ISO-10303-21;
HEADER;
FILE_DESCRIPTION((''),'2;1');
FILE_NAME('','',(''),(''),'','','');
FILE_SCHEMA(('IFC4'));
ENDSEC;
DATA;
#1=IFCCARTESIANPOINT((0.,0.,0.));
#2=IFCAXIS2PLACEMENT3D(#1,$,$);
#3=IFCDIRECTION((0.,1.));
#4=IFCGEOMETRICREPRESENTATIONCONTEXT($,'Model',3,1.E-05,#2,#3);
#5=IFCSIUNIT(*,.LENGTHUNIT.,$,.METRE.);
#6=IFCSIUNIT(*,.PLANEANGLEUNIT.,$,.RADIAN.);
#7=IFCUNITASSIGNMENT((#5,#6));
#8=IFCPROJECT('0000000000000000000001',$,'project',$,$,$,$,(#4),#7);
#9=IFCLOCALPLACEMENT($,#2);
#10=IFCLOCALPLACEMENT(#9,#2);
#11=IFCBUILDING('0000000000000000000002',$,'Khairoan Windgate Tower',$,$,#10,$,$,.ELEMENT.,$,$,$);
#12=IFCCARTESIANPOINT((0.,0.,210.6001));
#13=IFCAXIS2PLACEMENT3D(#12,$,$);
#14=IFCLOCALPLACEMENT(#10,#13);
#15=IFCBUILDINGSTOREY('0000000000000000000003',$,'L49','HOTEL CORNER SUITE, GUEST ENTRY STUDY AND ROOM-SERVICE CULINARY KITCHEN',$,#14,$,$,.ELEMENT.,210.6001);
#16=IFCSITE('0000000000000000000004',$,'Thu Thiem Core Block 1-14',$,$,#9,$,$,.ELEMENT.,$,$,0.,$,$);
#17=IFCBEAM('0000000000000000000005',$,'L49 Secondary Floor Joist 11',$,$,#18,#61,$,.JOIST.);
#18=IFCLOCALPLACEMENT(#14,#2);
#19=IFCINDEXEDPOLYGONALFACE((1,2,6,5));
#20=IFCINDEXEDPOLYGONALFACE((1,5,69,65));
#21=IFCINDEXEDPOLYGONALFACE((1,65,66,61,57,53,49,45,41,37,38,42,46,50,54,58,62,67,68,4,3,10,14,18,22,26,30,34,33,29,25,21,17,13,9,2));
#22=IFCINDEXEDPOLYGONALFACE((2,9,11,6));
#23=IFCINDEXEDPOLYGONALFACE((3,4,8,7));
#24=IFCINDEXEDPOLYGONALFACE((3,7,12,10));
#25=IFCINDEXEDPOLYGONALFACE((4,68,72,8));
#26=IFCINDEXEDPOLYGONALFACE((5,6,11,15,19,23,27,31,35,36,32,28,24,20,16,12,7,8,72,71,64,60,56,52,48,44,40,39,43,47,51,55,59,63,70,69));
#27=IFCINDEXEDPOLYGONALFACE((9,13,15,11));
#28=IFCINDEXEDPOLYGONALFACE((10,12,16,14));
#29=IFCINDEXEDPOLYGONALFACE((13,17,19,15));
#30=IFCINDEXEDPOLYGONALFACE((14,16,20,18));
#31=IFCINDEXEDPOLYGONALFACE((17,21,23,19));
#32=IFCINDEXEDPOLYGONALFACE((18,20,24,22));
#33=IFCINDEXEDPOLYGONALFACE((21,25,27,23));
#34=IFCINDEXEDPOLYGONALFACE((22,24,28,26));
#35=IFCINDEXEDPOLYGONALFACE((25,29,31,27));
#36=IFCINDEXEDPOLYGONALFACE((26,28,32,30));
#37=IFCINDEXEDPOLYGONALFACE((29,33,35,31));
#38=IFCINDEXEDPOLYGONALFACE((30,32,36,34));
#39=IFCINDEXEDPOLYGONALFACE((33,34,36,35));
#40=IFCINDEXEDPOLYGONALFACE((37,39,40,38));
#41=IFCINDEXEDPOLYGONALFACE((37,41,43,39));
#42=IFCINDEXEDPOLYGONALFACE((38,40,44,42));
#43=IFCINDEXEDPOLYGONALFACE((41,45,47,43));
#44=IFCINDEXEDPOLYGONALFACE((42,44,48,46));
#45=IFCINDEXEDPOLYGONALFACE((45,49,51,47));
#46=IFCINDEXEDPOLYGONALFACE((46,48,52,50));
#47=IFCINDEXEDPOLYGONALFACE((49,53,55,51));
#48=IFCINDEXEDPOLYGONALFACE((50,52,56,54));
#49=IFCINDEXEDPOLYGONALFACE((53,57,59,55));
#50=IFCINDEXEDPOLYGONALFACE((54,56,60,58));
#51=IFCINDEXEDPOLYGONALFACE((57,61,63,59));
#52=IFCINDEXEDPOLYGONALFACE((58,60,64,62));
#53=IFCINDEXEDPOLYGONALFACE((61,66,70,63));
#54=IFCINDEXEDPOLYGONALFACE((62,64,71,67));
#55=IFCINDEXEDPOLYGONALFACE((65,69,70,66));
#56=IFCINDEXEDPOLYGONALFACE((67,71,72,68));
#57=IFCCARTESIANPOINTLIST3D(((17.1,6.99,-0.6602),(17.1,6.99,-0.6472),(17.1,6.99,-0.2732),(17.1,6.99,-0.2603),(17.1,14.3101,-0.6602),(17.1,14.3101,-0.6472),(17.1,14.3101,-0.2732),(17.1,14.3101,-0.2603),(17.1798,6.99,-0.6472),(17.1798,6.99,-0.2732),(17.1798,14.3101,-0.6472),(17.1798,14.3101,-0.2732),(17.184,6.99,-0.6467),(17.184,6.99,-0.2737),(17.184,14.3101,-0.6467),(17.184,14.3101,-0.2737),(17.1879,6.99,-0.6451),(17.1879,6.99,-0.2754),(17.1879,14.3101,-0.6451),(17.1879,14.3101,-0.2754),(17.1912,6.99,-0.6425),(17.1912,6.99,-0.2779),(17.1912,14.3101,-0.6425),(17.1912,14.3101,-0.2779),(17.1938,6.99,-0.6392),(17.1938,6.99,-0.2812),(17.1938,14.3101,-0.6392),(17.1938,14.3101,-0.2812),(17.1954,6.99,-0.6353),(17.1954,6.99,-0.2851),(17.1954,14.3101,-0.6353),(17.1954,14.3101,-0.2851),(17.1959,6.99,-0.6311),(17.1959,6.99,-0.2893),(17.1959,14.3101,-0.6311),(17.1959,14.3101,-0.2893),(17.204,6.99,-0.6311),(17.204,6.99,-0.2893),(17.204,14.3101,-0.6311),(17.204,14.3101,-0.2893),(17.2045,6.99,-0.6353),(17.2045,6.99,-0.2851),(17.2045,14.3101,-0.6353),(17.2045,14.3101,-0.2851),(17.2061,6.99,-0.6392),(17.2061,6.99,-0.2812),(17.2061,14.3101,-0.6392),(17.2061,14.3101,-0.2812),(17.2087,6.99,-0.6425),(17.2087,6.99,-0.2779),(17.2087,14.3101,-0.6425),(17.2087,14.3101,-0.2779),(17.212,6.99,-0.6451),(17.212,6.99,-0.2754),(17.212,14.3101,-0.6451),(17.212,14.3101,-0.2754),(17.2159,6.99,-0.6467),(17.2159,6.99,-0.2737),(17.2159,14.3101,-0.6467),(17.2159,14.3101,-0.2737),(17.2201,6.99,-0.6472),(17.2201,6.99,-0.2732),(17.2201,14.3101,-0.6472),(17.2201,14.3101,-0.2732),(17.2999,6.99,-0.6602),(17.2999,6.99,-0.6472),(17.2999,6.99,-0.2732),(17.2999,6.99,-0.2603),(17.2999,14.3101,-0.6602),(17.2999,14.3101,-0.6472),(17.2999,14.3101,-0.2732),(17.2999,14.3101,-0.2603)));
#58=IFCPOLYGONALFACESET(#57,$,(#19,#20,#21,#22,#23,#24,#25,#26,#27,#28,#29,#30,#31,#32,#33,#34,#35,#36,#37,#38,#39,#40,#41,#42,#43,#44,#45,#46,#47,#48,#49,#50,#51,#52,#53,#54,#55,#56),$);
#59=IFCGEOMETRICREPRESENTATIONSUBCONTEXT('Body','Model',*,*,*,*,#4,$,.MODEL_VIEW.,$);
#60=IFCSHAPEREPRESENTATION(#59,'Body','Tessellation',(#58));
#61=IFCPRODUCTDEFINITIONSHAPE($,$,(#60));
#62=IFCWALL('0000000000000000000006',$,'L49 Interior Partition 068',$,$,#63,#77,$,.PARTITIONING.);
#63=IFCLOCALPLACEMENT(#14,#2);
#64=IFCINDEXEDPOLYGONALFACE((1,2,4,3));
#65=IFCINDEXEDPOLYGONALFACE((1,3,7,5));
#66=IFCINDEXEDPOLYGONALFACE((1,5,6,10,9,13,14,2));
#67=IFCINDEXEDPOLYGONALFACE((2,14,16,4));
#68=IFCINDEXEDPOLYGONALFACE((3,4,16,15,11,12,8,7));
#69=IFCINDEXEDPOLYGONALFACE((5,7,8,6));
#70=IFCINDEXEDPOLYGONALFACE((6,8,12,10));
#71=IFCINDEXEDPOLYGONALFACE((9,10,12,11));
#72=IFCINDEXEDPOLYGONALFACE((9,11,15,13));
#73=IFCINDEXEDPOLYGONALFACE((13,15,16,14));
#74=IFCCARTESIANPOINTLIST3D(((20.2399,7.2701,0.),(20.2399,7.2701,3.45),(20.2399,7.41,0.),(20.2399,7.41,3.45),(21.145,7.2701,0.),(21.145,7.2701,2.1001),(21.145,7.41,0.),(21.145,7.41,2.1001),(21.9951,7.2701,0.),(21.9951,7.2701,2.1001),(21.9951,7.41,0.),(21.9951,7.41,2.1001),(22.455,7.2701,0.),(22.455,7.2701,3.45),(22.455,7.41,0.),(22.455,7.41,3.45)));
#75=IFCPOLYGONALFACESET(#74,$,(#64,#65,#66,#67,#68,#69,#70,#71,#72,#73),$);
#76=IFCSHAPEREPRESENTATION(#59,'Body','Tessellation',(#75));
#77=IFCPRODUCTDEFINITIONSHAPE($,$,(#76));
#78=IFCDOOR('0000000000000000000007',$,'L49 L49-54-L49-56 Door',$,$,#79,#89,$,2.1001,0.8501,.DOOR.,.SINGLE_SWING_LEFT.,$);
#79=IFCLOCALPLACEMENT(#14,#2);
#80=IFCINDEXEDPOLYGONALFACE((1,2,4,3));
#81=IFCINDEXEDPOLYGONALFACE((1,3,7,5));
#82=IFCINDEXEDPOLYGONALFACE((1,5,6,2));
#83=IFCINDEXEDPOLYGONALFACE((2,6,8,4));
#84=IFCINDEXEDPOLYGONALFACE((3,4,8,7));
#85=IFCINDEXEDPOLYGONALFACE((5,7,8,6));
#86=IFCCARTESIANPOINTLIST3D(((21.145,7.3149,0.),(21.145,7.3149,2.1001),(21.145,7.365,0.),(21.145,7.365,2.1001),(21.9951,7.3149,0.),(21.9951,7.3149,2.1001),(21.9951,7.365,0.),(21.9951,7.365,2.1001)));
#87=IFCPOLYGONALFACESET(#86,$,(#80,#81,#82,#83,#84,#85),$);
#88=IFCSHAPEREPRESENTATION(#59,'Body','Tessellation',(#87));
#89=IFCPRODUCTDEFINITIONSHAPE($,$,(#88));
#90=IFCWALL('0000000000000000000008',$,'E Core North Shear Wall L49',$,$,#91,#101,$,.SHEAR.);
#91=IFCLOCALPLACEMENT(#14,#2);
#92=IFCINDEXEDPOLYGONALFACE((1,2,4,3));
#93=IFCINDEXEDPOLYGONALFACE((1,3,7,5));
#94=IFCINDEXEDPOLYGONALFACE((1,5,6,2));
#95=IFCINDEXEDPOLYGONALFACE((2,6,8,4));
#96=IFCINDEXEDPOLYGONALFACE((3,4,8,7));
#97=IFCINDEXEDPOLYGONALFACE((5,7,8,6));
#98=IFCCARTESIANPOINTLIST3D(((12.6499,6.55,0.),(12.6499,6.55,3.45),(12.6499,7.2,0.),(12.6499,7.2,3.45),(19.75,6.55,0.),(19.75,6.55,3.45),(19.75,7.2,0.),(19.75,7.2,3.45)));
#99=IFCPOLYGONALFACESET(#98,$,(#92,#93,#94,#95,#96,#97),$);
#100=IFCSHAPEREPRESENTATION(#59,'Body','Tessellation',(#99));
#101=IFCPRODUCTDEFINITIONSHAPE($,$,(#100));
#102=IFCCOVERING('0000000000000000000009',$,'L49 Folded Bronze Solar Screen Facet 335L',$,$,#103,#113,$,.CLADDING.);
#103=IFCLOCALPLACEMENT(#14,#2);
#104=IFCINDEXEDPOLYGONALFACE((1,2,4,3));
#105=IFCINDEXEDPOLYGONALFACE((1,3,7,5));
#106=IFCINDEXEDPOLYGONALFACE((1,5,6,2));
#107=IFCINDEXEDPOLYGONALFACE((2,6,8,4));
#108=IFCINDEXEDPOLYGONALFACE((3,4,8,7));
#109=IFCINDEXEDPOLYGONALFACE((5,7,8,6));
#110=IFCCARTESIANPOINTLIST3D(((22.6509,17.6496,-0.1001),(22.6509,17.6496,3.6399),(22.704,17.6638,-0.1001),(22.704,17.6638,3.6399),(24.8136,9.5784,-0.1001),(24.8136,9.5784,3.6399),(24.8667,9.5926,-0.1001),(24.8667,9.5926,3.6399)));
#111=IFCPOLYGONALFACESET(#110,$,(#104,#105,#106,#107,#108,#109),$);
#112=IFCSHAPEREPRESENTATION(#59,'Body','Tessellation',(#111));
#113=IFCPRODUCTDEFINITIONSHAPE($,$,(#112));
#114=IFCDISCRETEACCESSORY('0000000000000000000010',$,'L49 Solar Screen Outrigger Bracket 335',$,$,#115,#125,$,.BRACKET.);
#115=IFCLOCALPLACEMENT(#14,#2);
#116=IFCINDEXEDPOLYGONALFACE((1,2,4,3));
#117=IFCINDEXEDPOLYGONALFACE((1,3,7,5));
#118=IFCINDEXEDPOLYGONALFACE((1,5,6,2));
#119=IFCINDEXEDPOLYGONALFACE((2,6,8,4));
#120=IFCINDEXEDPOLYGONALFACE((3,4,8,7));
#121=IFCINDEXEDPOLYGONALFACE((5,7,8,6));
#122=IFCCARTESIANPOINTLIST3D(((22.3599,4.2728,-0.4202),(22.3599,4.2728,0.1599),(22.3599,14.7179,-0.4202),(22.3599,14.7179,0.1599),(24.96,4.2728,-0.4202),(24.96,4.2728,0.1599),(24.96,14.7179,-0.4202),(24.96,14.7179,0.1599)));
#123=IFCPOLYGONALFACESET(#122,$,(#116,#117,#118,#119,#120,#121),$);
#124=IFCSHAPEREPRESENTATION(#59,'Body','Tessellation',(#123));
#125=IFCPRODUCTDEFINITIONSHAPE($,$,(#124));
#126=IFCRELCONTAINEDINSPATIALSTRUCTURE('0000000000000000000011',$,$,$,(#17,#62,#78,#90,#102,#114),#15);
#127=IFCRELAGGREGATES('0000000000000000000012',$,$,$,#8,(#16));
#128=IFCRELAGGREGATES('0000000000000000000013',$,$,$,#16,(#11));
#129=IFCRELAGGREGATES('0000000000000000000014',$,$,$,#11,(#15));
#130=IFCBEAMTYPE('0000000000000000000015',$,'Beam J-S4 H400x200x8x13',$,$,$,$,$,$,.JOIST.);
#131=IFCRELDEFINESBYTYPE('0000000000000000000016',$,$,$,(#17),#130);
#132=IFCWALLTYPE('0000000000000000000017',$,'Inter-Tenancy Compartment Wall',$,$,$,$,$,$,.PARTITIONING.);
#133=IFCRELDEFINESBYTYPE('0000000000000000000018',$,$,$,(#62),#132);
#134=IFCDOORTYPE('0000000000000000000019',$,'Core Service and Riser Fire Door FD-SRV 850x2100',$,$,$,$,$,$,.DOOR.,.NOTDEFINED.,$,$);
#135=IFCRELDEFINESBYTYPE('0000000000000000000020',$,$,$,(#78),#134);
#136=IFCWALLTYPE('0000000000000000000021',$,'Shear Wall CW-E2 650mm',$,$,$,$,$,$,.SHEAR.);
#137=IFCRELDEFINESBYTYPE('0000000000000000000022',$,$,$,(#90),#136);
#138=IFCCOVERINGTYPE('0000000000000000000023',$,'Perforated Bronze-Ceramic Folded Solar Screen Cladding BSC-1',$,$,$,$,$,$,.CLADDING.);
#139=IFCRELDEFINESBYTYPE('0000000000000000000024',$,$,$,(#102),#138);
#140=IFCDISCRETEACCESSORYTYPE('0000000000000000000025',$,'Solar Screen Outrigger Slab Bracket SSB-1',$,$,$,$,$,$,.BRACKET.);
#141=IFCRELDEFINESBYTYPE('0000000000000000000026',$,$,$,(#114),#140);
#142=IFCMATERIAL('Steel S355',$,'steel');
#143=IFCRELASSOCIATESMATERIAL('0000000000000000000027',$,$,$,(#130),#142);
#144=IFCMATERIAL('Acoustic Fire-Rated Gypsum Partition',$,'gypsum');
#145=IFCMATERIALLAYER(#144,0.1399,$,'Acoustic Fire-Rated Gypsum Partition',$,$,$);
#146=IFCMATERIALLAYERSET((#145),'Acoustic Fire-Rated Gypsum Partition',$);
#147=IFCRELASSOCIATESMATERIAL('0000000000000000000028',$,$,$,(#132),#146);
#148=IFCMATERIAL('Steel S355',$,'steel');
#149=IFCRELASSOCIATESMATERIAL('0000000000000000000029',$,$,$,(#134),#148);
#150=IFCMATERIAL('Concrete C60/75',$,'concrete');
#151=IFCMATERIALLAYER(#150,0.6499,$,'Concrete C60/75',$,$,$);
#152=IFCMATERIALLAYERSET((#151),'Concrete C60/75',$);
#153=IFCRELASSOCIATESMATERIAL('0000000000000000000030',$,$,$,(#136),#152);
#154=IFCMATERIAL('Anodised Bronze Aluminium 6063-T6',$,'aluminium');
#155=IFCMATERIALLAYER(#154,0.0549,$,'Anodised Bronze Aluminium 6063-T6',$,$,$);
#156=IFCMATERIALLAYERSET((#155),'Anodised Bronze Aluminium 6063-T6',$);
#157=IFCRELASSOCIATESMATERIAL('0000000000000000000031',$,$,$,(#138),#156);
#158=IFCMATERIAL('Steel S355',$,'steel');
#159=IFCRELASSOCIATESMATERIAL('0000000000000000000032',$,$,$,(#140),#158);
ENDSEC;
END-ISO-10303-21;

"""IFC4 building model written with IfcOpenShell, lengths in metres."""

from ifc_helpers import new_model, si_unit, direction, frame, frame_2d, origin, origin_2d, place, context, subcontext, project, spatial, rectangle, i_section, extrude, material, layer, layer_set, material_profile, profile_set, type_object, element, fill, save


model = new_model("IFC4")

# Units and contexts
model_context = context("Model", 3, precision=1e-05, world=origin(), true_north=direction((0.0, 1.0)))
body_context = subcontext(model_context, "Body", "Model", "MODEL_VIEW")
ifc_project = project(units=[si_unit("LENGTHUNIT", "METRE"), si_unit("PLANEANGLEUNIT", "RADIAN")], contexts=[model_context])

# Site, building, storey
site_placement = place(None, origin())
site = spatial("IfcSite", under=ifc_project, at=site_placement, Name="Thu Thiem Core Block 1-14", CompositionType="ELEMENT", RefElevation=0.0)
building_placement = place(site_placement, origin())
building = spatial("IfcBuilding", under=site, at=building_placement, Name="Khairoan Windgate Tower", CompositionType="ELEMENT")
storey_placement = place(building_placement, frame((0.0, 0.0, 210.6001)))
storey = spatial("IfcBuildingStorey", under=building, at=storey_placement, Name="L49", Description="HOTEL CORNER SUITE, GUEST ENTRY STUDY AND ROOM-SERVICE CULINARY KITCHEN", CompositionType="ELEMENT", Elevation=210.6001)

# Beam
ifc_material_1 = material(Name="Steel S355", Category="steel")
ifc_material_profile_1 = material_profile(ifc_material_1, i_section(OverallWidth=0.2, OverallDepth=0.3999, WebThickness=0.0081, FlangeThickness=0.0129, FilletRadius=0.0161, at=origin_2d()))
ifc_profile_set_1 = profile_set([ifc_material_profile_1], Name="Steel S355")
beam_type_1 = type_object("IfcBeamType", Name="Beam J-S4 H400x200x8x13", PredefinedType="JOIST", material=ifc_profile_set_1)
beam_1_placement = place(storey_placement, frame((17.2, 6.99, -0.4602), z_axis=(0.0, 1.0, 0.0), x_axis=(-1.0, 0.0, 0.0)))
element("IfcBeam", 1, at=beam_1_placement, inside=storey, type_object=beam_type_1, Name="L49 Secondary Floor Joist 11", PredefinedType="JOIST", context=body_context, shape_type="SweptSolid", body=[
    extrude(i_section(OverallWidth=0.2, OverallDepth=0.3999, WebThickness=0.0081, FlangeThickness=0.0129, FilletRadius=0.0161, at=origin_2d()), origin(), (0.0, 0.0, 1.0), 7.3201),
])

# Wall, opening, door
ifc_material_2 = material(Name="Acoustic Fire-Rated Gypsum Partition", Category="gypsum")
ifc_layer_1 = layer(ifc_material_2, 0.1399, Name="Acoustic Fire-Rated Gypsum Partition")
ifc_layer_set_1 = layer_set([ifc_layer_1], Name="Acoustic Fire-Rated Gypsum Partition")
wall_type_1 = type_object("IfcWallType", Name="Inter-Tenancy Compartment Wall", PredefinedType="PARTITIONING", material=ifc_layer_set_1)
wall_1_placement = place(storey_placement, frame((20.24, 7.3401, 0.0), z_axis=(0.0, 0.0, 1.0), x_axis=(1.0, 0.0, 0.0)))
wall_1 = element("IfcWall", 2, at=wall_1_placement, inside=storey, type_object=wall_type_1, Name="L49 Interior Partition 068", PredefinedType="PARTITIONING", context=body_context, shape_type="SweptSolid", body=[
    extrude(rectangle(XDim=2.2151, YDim=0.1399, at=frame_2d((1.1074, 0.0))), origin(), (0.0, 0.0, 1.0), 3.45),
])
opening_placement = place(wall_1_placement, frame((0.905, 0.0, 0.0)))
opening = element("IfcOpeningElement", 3, at=opening_placement, cuts=wall_1, PredefinedType="OPENING", context=body_context, shape_type="SweptSolid", body=[
    extrude(rectangle(XDim=0.8501, YDim=2.1001, at=frame_2d((0.425, 1.05))), frame((0.0, 0.0798, 0.0), z_axis=(0.0, -1.0, 0.0), x_axis=(1.0, 0.0, 0.0)), (0.0, 0.0, 1.0), 0.1599),
])
ifc_material_3 = material(Name="Steel S355", Category="steel")
door_type = type_object("IfcDoorType", Name="Core Service and Riser Fire Door FD-SRV 850x2100", OperationType="NOTDEFINED", PredefinedType="DOOR", material=ifc_material_3)
door_placement = place(opening_placement, origin())
door = element("IfcDoor", 4, at=door_placement, inside=storey, type_object=door_type, Name="L49 L49-54-L49-56 Door", OperationType="SINGLE_SWING_LEFT", OverallHeight=2.1001, OverallWidth=0.8501, PredefinedType="DOOR", context=body_context, shape_type="SweptSolid", body=[
    extrude(rectangle(XDim=0.8501, YDim=2.1001, at=frame_2d((0.425, 1.05))), frame((0.0, 0.0249, 0.0), z_axis=(0.0, -1.0, 0.0), x_axis=(1.0, 0.0, 0.0)), (0.0, 0.0, 1.0), 0.05),
])
fill(opening, door)

# Wall
ifc_material_4 = material(Name="Concrete C60/75", Category="concrete")
ifc_layer_2 = layer(ifc_material_4, 0.6499, Name="Concrete C60/75")
ifc_layer_set_2 = layer_set([ifc_layer_2], Name="Concrete C60/75")
wall_type_2 = type_object("IfcWallType", Name="Shear Wall CW-E2 650mm", PredefinedType="SHEAR", material=ifc_layer_set_2)
wall_2_placement = place(storey_placement, frame((12.6499, 6.875, 0.0), z_axis=(0.0, 0.0, 1.0), x_axis=(1.0, 0.0, 0.0)))
element("IfcWall", 5, at=wall_2_placement, inside=storey, type_object=wall_type_2, Name="E Core North Shear Wall L49", PredefinedType="SHEAR", context=body_context, shape_type="SweptSolid", body=[
    extrude(rectangle(XDim=7.1001, YDim=0.6499, at=frame_2d((3.55, 0.0))), origin(), (0.0, 0.0, 1.0), 3.45),
])

# Covering
ifc_material_5 = material(Name="Anodised Bronze Aluminium 6063-T6", Category="aluminium")
ifc_layer_3 = layer(ifc_material_5, 0.0549, Name="Anodised Bronze Aluminium 6063-T6")
ifc_layer_set_3 = layer_set([ifc_layer_3], Name="Anodised Bronze Aluminium 6063-T6")
covering_type = type_object("IfcCoveringType", Name="Perforated Bronze-Ceramic Folded Solar Screen Cladding BSC-1", PredefinedType="CLADDING", material=ifc_layer_set_3)
covering_placement = place(storey_placement, frame((23.7588, 13.6211, -0.1001), z_axis=(0.0, 0.0, 1.0), x_axis=(0.258819, -0.965926, 0.0)))
element("IfcCovering", 6, at=covering_placement, inside=storey, type_object=covering_type, Name="L49 Folded Bronze Solar Screen Facet 335L", PredefinedType="CLADDING", context=body_context, shape_type="SweptSolid", body=[
    extrude(rectangle(XDim=8.356, YDim=0.0549, at=origin_2d()), origin(), (0.0, 0.0, 1.0), 3.74),
])

# Discrete accessory
ifc_material_6 = material(Name="Steel S355", Category="steel")
discrete_accessory_type = type_object("IfcDiscreteAccessoryType", Name="Solar Screen Outrigger Slab Bracket SSB-1", PredefinedType="BRACKET", material=ifc_material_6)
discrete_accessory_placement = place(storey_placement, frame((23.6599, 9.4954, -0.4202), z_axis=(0.0, 0.0, 1.0), x_axis=(0.0, -1.0, 0.0)))
element("IfcDiscreteAccessory", 7, at=discrete_accessory_placement, inside=storey, type_object=discrete_accessory_type, Name="L49 Solar Screen Outrigger Bracket 335", PredefinedType="BRACKET", context=body_context, shape_type="SweptSolid", body=[
    extrude(rectangle(XDim=10.4451, YDim=2.6001, at=origin_2d()), origin(), (0.0, 0.0, 1.0), 0.5801),
])

save(model, "model.ifc")
